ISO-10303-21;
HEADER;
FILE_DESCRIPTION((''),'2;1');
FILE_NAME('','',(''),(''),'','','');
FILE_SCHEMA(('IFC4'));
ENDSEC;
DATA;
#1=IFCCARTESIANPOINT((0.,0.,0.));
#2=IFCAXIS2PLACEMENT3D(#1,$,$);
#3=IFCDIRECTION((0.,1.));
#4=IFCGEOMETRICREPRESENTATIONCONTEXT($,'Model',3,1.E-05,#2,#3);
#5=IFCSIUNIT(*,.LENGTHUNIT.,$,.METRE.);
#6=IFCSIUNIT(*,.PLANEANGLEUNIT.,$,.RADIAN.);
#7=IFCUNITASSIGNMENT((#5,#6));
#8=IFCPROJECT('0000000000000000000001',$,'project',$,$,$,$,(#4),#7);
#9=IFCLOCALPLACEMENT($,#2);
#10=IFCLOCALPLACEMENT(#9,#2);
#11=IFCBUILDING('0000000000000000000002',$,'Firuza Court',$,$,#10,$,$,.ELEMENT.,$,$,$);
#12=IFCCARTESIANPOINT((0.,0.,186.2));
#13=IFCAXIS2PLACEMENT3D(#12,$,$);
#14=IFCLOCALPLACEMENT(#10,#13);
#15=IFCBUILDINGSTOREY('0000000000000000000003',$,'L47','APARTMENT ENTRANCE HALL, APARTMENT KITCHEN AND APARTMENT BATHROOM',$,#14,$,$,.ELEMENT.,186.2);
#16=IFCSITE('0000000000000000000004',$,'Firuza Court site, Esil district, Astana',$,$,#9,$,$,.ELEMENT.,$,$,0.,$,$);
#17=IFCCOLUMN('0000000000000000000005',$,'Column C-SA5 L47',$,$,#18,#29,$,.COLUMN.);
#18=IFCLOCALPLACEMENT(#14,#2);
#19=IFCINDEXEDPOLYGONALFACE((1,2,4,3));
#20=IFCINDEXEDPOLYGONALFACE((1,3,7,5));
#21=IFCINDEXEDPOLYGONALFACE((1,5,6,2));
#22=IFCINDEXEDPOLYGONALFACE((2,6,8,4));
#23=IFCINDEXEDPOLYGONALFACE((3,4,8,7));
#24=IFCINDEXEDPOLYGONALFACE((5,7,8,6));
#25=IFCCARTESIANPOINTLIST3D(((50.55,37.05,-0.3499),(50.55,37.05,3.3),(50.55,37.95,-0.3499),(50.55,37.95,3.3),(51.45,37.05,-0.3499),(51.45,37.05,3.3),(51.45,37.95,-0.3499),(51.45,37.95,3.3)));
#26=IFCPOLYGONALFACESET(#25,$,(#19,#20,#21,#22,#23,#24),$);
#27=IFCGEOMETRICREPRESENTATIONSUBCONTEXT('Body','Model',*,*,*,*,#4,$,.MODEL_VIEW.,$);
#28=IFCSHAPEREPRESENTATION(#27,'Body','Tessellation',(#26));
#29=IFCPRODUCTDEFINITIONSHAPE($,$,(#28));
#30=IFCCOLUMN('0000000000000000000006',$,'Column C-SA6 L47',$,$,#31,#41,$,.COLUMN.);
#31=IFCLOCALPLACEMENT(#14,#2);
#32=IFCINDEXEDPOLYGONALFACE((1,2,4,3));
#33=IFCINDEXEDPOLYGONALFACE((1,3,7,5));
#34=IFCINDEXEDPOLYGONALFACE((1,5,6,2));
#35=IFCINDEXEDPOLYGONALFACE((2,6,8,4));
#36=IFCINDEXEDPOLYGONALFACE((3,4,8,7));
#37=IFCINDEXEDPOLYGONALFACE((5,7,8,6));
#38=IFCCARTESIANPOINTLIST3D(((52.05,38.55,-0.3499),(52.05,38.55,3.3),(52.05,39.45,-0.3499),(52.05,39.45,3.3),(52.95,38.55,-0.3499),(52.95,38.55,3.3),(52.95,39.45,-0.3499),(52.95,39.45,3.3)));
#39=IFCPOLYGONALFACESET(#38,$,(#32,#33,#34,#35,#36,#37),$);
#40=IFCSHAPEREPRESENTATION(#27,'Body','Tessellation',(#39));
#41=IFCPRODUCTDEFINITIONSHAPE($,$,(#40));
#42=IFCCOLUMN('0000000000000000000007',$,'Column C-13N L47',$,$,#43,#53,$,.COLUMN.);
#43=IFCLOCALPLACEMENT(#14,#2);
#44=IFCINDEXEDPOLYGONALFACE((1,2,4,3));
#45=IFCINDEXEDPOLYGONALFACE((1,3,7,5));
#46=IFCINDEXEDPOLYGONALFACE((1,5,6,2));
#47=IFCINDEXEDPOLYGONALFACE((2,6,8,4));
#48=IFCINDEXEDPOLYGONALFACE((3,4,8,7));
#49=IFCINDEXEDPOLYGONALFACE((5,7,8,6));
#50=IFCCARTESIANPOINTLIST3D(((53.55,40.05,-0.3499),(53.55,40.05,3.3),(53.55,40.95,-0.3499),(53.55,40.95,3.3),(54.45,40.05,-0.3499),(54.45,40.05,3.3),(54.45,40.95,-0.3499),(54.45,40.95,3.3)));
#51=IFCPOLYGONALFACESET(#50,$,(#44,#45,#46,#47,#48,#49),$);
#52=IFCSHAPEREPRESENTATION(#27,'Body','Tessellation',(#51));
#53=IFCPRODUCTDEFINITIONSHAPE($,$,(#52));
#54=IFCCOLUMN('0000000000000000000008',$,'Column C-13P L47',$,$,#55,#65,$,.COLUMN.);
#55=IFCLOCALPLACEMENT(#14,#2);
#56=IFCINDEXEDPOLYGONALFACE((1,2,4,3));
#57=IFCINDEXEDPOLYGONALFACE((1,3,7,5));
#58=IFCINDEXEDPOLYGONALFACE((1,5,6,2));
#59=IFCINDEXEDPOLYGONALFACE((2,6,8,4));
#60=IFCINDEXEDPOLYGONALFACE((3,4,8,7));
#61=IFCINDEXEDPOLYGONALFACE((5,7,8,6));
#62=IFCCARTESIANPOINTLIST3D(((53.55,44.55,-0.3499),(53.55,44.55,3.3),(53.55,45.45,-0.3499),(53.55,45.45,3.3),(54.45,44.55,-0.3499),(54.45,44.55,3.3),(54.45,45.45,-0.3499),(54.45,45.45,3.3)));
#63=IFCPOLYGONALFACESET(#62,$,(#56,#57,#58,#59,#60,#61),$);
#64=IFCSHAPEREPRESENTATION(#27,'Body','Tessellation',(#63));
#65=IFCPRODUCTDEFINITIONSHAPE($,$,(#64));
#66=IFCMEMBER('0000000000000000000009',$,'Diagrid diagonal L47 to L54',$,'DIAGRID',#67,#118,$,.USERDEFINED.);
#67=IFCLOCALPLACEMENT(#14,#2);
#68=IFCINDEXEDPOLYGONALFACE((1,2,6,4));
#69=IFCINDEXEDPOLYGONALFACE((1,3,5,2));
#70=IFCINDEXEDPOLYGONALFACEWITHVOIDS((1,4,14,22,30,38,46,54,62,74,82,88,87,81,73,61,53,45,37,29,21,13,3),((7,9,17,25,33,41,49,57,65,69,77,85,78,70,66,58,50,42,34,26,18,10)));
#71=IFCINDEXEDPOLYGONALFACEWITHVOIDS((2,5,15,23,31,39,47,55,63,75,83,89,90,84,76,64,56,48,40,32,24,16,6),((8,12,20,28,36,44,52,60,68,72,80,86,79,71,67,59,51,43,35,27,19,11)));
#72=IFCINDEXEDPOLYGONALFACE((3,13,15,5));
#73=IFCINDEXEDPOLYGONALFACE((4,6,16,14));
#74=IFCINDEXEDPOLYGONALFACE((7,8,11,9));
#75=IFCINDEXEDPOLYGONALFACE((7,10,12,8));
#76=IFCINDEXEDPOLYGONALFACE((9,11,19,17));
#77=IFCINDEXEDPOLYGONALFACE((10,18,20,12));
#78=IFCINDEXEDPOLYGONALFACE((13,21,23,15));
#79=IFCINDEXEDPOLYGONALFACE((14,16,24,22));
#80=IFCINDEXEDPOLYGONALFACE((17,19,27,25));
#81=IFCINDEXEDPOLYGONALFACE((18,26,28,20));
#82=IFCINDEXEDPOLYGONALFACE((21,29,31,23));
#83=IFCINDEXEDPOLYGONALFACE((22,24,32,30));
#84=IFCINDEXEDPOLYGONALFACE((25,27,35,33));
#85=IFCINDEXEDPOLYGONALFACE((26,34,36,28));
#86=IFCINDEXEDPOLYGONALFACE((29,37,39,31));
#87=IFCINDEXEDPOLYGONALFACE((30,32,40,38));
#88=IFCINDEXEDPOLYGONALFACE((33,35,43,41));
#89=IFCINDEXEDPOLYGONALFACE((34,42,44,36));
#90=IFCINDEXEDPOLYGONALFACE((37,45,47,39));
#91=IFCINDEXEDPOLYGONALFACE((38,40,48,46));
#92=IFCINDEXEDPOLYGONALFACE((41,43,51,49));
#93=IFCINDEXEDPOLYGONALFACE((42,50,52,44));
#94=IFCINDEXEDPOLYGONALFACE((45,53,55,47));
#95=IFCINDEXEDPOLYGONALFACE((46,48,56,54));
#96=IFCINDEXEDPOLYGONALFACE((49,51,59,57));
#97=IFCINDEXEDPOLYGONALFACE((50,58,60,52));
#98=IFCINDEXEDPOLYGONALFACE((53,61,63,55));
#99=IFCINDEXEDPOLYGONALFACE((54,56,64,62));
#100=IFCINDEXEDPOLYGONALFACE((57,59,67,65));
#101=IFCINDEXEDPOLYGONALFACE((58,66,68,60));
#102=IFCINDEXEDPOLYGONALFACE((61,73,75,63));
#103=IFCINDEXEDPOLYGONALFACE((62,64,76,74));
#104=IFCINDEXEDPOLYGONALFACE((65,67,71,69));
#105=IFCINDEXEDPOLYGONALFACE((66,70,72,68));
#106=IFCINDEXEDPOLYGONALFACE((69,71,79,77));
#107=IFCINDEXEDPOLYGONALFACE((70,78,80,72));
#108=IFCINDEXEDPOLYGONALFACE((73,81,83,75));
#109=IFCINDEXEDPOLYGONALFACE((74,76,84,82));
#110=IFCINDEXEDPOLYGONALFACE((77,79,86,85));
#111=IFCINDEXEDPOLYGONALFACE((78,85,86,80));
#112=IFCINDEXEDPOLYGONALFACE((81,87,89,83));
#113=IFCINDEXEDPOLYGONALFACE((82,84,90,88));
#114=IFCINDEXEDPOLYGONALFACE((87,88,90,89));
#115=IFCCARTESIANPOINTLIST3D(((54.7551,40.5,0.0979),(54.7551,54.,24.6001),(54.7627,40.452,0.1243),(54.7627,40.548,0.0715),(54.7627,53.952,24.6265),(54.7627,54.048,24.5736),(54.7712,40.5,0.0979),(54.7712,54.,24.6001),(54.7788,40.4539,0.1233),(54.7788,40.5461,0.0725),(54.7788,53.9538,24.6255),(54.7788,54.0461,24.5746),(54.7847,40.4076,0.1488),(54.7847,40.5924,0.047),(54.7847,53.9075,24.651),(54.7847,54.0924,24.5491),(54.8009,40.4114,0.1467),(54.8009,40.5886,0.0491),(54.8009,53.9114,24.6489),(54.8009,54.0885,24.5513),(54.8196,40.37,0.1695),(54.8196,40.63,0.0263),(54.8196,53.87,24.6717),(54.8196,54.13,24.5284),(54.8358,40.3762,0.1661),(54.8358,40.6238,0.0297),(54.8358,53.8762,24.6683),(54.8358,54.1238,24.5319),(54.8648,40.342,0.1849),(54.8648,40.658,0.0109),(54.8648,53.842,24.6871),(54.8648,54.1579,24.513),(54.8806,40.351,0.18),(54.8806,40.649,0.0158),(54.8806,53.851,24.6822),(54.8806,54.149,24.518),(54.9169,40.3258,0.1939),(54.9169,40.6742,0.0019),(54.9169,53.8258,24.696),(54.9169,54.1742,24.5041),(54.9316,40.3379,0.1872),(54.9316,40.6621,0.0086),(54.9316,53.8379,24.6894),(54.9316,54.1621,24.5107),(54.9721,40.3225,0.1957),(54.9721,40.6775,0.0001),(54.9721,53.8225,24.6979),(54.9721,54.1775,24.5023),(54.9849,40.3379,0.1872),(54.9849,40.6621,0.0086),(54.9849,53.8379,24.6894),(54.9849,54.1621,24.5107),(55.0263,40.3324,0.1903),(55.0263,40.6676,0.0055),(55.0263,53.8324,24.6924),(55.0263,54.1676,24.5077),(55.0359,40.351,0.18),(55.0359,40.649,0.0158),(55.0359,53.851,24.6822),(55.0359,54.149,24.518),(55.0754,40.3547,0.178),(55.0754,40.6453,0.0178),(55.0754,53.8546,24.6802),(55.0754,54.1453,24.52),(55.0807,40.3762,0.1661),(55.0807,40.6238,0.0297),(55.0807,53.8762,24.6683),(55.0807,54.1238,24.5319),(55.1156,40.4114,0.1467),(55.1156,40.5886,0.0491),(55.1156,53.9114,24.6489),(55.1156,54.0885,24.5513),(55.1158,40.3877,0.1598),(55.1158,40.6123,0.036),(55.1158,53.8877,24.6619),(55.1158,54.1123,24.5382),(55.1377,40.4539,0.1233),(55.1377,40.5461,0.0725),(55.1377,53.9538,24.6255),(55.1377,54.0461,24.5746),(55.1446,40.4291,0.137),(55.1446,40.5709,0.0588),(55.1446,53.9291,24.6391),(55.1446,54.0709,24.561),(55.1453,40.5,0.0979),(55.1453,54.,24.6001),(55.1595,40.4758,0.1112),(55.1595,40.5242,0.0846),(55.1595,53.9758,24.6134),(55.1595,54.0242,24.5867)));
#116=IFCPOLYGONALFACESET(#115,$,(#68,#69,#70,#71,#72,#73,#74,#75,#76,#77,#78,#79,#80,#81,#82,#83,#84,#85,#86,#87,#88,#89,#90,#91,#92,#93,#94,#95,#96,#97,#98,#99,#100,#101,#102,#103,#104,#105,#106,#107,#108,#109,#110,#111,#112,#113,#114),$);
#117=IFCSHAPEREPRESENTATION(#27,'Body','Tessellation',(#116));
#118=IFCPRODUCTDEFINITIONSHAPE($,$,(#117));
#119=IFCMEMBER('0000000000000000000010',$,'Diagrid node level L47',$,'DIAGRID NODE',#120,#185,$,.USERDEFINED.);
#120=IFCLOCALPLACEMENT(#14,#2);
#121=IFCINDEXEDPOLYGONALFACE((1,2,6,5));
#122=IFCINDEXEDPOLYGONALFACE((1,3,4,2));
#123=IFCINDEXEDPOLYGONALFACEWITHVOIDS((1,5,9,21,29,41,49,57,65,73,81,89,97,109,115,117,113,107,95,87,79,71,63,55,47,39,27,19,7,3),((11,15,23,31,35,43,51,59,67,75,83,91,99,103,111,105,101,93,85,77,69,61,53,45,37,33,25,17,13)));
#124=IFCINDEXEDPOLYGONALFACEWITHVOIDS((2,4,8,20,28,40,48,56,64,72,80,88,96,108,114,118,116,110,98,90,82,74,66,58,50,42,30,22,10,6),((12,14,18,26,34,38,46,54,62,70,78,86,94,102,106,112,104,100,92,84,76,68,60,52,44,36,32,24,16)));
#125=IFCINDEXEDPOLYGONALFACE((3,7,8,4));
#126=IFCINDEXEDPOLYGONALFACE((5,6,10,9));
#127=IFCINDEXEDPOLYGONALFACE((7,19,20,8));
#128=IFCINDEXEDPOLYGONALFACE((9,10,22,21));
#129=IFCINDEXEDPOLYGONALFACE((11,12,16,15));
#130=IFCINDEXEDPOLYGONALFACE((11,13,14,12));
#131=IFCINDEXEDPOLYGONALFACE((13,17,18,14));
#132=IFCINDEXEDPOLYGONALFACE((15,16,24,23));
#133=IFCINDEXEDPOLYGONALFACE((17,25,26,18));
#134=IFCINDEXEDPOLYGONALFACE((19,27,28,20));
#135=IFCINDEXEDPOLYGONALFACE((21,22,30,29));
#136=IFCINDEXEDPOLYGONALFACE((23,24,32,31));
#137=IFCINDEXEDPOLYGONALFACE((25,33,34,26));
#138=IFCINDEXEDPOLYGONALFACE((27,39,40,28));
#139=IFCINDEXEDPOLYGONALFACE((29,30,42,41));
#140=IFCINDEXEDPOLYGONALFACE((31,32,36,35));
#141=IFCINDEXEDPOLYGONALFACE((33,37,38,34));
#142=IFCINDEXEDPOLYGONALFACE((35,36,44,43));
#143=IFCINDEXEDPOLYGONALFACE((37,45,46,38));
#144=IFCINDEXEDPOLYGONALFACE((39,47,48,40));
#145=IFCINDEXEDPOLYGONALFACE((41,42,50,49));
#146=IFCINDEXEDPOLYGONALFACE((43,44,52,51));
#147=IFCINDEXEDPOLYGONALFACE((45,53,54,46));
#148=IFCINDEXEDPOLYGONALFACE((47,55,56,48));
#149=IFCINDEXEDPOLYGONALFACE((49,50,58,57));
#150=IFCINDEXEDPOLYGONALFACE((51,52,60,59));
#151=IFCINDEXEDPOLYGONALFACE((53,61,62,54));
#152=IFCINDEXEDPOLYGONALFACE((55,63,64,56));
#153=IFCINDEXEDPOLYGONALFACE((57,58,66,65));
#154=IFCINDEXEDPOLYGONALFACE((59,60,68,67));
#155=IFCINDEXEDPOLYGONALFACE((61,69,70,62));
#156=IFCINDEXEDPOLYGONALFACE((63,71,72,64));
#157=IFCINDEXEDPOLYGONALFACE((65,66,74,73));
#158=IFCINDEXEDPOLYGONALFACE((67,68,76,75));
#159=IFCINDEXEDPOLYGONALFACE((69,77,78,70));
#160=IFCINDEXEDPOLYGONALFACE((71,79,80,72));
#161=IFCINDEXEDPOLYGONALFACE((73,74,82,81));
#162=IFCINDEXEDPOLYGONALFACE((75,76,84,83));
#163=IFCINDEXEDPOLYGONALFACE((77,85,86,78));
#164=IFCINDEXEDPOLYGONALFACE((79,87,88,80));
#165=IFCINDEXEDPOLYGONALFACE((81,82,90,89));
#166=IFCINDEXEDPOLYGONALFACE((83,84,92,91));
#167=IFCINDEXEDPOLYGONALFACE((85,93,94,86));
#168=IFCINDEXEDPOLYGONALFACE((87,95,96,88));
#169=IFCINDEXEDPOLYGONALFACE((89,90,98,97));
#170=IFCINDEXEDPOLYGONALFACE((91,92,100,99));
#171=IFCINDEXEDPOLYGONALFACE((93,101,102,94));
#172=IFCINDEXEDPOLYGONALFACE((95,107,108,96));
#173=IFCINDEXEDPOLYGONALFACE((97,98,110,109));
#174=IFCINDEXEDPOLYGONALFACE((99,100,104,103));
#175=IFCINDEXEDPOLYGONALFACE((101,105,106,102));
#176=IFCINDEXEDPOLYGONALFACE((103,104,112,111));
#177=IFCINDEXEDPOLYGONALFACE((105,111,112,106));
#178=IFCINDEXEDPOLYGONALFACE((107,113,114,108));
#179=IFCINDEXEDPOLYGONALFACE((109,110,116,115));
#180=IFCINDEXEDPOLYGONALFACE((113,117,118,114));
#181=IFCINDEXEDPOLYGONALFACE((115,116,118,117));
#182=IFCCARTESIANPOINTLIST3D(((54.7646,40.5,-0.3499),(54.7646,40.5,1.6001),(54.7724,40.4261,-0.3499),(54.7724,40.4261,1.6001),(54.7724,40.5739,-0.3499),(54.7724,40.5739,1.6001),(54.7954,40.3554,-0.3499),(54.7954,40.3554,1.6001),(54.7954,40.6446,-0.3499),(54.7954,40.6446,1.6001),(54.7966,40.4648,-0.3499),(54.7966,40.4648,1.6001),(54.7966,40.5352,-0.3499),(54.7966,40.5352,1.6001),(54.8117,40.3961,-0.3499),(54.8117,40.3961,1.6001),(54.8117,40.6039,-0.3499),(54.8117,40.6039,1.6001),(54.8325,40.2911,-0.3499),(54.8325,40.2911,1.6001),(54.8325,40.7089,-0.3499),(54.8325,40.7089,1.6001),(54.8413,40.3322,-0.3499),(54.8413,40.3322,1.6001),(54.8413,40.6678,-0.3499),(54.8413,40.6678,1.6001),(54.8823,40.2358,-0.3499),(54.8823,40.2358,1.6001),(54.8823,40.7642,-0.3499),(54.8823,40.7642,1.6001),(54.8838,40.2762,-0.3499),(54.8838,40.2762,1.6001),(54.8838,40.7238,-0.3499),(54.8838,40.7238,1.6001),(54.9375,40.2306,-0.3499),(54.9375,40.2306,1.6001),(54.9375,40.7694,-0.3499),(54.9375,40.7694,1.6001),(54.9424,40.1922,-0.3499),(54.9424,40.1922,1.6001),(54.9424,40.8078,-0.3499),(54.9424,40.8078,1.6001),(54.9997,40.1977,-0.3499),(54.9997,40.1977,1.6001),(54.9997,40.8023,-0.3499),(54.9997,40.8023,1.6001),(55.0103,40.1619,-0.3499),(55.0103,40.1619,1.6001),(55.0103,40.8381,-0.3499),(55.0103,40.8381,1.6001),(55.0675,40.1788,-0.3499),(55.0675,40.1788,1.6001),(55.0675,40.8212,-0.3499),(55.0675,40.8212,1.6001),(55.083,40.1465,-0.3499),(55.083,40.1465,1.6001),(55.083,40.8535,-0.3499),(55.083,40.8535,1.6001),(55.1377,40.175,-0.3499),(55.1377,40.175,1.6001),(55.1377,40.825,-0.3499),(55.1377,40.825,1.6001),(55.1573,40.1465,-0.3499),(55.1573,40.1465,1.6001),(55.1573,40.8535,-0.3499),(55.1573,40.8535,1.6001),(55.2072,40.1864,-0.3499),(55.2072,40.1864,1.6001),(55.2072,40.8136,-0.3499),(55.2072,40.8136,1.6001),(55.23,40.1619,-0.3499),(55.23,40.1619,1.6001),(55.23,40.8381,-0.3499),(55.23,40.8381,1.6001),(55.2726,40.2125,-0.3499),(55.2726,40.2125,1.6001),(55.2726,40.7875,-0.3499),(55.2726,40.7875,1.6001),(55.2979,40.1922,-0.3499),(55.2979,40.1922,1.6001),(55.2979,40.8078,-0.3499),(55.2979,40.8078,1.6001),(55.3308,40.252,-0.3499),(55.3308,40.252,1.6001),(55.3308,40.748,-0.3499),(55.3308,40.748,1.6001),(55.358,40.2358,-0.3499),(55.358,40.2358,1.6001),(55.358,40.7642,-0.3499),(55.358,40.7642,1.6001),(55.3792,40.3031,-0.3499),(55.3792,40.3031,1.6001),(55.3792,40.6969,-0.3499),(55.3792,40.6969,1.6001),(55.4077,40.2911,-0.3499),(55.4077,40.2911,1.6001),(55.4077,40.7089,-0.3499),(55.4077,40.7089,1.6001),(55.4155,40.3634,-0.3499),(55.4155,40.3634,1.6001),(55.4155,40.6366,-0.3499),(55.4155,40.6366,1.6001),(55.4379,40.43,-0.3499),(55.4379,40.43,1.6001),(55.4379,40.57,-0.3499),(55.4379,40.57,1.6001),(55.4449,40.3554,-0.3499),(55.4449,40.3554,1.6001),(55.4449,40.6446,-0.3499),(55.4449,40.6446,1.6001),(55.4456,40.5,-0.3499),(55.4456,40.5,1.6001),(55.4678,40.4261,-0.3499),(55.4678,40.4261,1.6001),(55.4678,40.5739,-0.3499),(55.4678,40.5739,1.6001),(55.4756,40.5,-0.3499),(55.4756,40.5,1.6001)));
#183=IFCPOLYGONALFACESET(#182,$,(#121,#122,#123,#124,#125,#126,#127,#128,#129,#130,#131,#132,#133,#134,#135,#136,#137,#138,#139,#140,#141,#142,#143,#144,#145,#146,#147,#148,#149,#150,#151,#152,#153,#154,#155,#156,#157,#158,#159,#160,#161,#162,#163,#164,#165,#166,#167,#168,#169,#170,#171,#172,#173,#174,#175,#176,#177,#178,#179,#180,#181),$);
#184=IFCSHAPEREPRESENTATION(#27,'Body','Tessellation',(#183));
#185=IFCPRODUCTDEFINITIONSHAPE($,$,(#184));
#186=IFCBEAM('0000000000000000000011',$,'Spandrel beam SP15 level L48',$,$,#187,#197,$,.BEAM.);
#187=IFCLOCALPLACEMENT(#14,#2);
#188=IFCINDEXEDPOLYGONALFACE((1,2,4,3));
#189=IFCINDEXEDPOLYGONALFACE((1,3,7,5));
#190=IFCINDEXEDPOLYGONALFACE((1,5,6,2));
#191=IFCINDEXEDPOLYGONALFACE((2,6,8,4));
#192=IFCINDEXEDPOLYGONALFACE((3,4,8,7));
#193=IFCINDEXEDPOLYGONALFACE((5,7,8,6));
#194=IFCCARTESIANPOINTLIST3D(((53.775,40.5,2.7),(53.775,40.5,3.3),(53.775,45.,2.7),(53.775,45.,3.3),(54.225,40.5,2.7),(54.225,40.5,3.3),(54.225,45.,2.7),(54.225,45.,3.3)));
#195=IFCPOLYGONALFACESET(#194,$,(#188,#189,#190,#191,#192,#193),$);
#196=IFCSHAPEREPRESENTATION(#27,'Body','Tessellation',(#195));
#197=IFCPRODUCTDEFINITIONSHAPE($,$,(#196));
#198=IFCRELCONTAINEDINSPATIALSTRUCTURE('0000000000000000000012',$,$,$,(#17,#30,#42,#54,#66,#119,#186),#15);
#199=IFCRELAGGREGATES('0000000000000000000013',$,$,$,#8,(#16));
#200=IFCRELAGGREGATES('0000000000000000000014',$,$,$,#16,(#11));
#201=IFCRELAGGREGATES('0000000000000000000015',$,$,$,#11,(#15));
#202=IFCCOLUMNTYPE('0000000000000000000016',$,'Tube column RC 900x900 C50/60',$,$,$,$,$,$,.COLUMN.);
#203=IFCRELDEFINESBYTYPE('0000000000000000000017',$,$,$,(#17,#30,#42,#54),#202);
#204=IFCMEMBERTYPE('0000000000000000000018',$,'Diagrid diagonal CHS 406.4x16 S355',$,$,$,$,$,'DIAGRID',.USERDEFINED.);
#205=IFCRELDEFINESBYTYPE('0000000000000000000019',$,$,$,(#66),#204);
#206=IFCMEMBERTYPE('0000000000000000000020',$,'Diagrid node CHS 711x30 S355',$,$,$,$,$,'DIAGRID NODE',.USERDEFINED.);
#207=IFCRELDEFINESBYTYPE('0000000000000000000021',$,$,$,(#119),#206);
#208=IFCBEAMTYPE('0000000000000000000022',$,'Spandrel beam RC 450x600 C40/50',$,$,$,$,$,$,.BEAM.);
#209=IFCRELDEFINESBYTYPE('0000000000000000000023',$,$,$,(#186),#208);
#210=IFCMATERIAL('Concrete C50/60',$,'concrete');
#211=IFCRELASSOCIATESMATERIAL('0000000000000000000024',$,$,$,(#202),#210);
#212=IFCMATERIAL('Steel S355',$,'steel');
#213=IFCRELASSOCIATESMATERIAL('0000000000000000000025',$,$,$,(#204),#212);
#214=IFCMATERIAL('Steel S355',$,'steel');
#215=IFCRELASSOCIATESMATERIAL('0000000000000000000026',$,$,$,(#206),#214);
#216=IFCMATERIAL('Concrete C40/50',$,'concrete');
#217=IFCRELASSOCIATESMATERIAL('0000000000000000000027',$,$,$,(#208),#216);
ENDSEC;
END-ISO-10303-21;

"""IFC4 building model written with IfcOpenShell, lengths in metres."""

from ifc_helpers import new_model, si_unit, direction, frame, origin, origin_2d, place, context, subcontext, project, spatial, rectangle, hollow_circle, extrude, material, material_profile, profile_set, type_object, element, save


model = new_model("IFC4")

# Units and contexts
model_context = context("Model", 3, precision=1e-05, world=origin(), true_north=direction((0.0, 1.0)))
body_context = subcontext(model_context, "Body", "Model", "MODEL_VIEW")
ifc_project = project(units=[si_unit("LENGTHUNIT", "METRE"), si_unit("PLANEANGLEUNIT", "RADIAN")], contexts=[model_context])

# Site, building, storey
site_placement = place(None, origin())
site = spatial("IfcSite", under=ifc_project, at=site_placement, Name="Firuza Court site, Esil district, Astana", CompositionType="ELEMENT", RefElevation=0.0)
building_placement = place(site_placement, origin())
building = spatial("IfcBuilding", under=site, at=building_placement, Name="Firuza Court", CompositionType="ELEMENT")
storey_placement = place(building_placement, frame((0.0, 0.0, 186.2)))
storey = spatial("IfcBuildingStorey", under=building, at=storey_placement, Name="L47", Description="APARTMENT ENTRANCE HALL, APARTMENT KITCHEN AND APARTMENT BATHROOM", CompositionType="ELEMENT", Elevation=186.2)

# Columns
ifc_material_1 = material(Name="Concrete C50/60", Category="concrete")
ifc_material_profile_1 = material_profile(ifc_material_1, rectangle(XDim=0.8999, YDim=0.8999, at=origin_2d()), Name="RC 900x900")
ifc_profile_set_1 = profile_set([ifc_material_profile_1], Name="Concrete C50/60")
column_type = type_object("IfcColumnType", Name="Tube column RC 900x900 C50/60", PredefinedType="COLUMN", material=ifc_profile_set_1)
for number, where, z_axis, x_axis, name in (
    (1, (51.0, 37.5, -0.3499), (0.0, 0.0, 1.0), (1.0, 0.0, 0.0), "Column C-SA5 L47"),
    (2, (52.5, 39.0, -0.3499), (0.0, 0.0, 1.0), (1.0, 0.0, 0.0), "Column C-SA6 L47"),
    (3, (54.0, 40.5, -0.3499), (0.0, 0.0, 1.0), (1.0, 0.0, 0.0), "Column C-13N L47"),
    (4, (54.0, 45.0, -0.3499), (0.0, 0.0, 1.0), (1.0, 0.0, 0.0), "Column C-13P L47"),
):
    element("IfcColumn", number, at=place(storey_placement, frame(where, z_axis=z_axis, x_axis=x_axis)), inside=storey, type_object=column_type, Name=name, PredefinedType="COLUMN", context=body_context, shape_type="SweptSolid", body=[
        extrude(rectangle(XDim=0.8999, YDim=0.8999, at=origin_2d()), origin(), (0.0, 0.0, 1.0), 3.6499),
    ])

# Members
ifc_material_2 = material(Name="Steel S355", Category="steel")
ifc_material_profile_2 = material_profile(ifc_material_2, hollow_circle(Radius=0.2031, WallThickness=0.0161, at=origin_2d()), Name="CHS 406.4x16")
ifc_profile_set_2 = profile_set([ifc_material_profile_2], Name="Steel S355")
member_type_1 = type_object("IfcMemberType", Name="Diagrid diagonal CHS 406.4x16 S355", ElementType="DIAGRID", PredefinedType="USERDEFINED", material=ifc_profile_set_2)
member_1_placement = place(storey_placement, frame((54.9583, 40.5, 0.0979), z_axis=(0.0, 0.482572, 0.875857), x_axis=(-1.0, 0.0, 0.0)))
element("IfcMember", 5, at=member_1_placement, inside=storey, type_object=member_type_1, Name="Diagrid diagonal L47 to L54", ObjectType="DIAGRID", PredefinedType="USERDEFINED", context=body_context, shape_type="SweptSolid", body=[
    extrude(hollow_circle(Radius=0.2031, WallThickness=0.0161, at=origin_2d()), origin(), (0.0, 0.0, 1.0), 27.9751),
])
ifc_material_3 = material(Name="Steel S355", Category="steel")
ifc_material_profile_3 = material_profile(ifc_material_3, hollow_circle(Radius=0.3555, WallThickness=0.03, at=origin_2d()), Name="CHS 711x30")
ifc_profile_set_3 = profile_set([ifc_material_profile_3], Name="Steel S355")
member_type_2 = type_object("IfcMemberType", Name="Diagrid node CHS 711x30 S355", ElementType="DIAGRID NODE", PredefinedType="USERDEFINED", material=ifc_profile_set_3)
member_2_placement = place(storey_placement, frame((55.1201, 40.5, -0.3499), z_axis=(0.0, 0.0, 1.0), x_axis=(1.0, 0.0, 0.0)))
element("IfcMember", 6, at=member_2_placement, inside=storey, type_object=member_type_2, Name="Diagrid node level L47", ObjectType="DIAGRID NODE", PredefinedType="USERDEFINED", context=body_context, shape_type="SweptSolid", body=[
    extrude(hollow_circle(Radius=0.3555, WallThickness=0.03, at=origin_2d()), origin(), (0.0, 0.0, 1.0), 1.95),
])

# Beam
ifc_material_4 = material(Name="Concrete C40/50", Category="concrete")
ifc_material_profile_4 = material_profile(ifc_material_4, rectangle(XDim=0.45, YDim=0.6001, at=origin_2d()), Name="RC 450x600")
ifc_profile_set_4 = profile_set([ifc_material_profile_4], Name="Concrete C40/50")
beam_type_1 = type_object("IfcBeamType", Name="Spandrel beam RC 450x600 C40/50", PredefinedType="BEAM", material=ifc_profile_set_4)
beam_placement = place(storey_placement, frame((54.0, 40.5, 3.0), z_axis=(0.0, 1.0, 0.0), x_axis=(-1.0, 0.0, 0.0)))
element("IfcBeam", 7, at=beam_placement, inside=storey, type_object=beam_type_1, Name="Spandrel beam SP15 level L48", PredefinedType="BEAM", context=body_context, shape_type="SweptSolid", body=[
    extrude(rectangle(XDim=0.45, YDim=0.6001, at=origin_2d()), origin(), (0.0, 0.0, 1.0), 4.5),
])

save(model, "model.ifc")
